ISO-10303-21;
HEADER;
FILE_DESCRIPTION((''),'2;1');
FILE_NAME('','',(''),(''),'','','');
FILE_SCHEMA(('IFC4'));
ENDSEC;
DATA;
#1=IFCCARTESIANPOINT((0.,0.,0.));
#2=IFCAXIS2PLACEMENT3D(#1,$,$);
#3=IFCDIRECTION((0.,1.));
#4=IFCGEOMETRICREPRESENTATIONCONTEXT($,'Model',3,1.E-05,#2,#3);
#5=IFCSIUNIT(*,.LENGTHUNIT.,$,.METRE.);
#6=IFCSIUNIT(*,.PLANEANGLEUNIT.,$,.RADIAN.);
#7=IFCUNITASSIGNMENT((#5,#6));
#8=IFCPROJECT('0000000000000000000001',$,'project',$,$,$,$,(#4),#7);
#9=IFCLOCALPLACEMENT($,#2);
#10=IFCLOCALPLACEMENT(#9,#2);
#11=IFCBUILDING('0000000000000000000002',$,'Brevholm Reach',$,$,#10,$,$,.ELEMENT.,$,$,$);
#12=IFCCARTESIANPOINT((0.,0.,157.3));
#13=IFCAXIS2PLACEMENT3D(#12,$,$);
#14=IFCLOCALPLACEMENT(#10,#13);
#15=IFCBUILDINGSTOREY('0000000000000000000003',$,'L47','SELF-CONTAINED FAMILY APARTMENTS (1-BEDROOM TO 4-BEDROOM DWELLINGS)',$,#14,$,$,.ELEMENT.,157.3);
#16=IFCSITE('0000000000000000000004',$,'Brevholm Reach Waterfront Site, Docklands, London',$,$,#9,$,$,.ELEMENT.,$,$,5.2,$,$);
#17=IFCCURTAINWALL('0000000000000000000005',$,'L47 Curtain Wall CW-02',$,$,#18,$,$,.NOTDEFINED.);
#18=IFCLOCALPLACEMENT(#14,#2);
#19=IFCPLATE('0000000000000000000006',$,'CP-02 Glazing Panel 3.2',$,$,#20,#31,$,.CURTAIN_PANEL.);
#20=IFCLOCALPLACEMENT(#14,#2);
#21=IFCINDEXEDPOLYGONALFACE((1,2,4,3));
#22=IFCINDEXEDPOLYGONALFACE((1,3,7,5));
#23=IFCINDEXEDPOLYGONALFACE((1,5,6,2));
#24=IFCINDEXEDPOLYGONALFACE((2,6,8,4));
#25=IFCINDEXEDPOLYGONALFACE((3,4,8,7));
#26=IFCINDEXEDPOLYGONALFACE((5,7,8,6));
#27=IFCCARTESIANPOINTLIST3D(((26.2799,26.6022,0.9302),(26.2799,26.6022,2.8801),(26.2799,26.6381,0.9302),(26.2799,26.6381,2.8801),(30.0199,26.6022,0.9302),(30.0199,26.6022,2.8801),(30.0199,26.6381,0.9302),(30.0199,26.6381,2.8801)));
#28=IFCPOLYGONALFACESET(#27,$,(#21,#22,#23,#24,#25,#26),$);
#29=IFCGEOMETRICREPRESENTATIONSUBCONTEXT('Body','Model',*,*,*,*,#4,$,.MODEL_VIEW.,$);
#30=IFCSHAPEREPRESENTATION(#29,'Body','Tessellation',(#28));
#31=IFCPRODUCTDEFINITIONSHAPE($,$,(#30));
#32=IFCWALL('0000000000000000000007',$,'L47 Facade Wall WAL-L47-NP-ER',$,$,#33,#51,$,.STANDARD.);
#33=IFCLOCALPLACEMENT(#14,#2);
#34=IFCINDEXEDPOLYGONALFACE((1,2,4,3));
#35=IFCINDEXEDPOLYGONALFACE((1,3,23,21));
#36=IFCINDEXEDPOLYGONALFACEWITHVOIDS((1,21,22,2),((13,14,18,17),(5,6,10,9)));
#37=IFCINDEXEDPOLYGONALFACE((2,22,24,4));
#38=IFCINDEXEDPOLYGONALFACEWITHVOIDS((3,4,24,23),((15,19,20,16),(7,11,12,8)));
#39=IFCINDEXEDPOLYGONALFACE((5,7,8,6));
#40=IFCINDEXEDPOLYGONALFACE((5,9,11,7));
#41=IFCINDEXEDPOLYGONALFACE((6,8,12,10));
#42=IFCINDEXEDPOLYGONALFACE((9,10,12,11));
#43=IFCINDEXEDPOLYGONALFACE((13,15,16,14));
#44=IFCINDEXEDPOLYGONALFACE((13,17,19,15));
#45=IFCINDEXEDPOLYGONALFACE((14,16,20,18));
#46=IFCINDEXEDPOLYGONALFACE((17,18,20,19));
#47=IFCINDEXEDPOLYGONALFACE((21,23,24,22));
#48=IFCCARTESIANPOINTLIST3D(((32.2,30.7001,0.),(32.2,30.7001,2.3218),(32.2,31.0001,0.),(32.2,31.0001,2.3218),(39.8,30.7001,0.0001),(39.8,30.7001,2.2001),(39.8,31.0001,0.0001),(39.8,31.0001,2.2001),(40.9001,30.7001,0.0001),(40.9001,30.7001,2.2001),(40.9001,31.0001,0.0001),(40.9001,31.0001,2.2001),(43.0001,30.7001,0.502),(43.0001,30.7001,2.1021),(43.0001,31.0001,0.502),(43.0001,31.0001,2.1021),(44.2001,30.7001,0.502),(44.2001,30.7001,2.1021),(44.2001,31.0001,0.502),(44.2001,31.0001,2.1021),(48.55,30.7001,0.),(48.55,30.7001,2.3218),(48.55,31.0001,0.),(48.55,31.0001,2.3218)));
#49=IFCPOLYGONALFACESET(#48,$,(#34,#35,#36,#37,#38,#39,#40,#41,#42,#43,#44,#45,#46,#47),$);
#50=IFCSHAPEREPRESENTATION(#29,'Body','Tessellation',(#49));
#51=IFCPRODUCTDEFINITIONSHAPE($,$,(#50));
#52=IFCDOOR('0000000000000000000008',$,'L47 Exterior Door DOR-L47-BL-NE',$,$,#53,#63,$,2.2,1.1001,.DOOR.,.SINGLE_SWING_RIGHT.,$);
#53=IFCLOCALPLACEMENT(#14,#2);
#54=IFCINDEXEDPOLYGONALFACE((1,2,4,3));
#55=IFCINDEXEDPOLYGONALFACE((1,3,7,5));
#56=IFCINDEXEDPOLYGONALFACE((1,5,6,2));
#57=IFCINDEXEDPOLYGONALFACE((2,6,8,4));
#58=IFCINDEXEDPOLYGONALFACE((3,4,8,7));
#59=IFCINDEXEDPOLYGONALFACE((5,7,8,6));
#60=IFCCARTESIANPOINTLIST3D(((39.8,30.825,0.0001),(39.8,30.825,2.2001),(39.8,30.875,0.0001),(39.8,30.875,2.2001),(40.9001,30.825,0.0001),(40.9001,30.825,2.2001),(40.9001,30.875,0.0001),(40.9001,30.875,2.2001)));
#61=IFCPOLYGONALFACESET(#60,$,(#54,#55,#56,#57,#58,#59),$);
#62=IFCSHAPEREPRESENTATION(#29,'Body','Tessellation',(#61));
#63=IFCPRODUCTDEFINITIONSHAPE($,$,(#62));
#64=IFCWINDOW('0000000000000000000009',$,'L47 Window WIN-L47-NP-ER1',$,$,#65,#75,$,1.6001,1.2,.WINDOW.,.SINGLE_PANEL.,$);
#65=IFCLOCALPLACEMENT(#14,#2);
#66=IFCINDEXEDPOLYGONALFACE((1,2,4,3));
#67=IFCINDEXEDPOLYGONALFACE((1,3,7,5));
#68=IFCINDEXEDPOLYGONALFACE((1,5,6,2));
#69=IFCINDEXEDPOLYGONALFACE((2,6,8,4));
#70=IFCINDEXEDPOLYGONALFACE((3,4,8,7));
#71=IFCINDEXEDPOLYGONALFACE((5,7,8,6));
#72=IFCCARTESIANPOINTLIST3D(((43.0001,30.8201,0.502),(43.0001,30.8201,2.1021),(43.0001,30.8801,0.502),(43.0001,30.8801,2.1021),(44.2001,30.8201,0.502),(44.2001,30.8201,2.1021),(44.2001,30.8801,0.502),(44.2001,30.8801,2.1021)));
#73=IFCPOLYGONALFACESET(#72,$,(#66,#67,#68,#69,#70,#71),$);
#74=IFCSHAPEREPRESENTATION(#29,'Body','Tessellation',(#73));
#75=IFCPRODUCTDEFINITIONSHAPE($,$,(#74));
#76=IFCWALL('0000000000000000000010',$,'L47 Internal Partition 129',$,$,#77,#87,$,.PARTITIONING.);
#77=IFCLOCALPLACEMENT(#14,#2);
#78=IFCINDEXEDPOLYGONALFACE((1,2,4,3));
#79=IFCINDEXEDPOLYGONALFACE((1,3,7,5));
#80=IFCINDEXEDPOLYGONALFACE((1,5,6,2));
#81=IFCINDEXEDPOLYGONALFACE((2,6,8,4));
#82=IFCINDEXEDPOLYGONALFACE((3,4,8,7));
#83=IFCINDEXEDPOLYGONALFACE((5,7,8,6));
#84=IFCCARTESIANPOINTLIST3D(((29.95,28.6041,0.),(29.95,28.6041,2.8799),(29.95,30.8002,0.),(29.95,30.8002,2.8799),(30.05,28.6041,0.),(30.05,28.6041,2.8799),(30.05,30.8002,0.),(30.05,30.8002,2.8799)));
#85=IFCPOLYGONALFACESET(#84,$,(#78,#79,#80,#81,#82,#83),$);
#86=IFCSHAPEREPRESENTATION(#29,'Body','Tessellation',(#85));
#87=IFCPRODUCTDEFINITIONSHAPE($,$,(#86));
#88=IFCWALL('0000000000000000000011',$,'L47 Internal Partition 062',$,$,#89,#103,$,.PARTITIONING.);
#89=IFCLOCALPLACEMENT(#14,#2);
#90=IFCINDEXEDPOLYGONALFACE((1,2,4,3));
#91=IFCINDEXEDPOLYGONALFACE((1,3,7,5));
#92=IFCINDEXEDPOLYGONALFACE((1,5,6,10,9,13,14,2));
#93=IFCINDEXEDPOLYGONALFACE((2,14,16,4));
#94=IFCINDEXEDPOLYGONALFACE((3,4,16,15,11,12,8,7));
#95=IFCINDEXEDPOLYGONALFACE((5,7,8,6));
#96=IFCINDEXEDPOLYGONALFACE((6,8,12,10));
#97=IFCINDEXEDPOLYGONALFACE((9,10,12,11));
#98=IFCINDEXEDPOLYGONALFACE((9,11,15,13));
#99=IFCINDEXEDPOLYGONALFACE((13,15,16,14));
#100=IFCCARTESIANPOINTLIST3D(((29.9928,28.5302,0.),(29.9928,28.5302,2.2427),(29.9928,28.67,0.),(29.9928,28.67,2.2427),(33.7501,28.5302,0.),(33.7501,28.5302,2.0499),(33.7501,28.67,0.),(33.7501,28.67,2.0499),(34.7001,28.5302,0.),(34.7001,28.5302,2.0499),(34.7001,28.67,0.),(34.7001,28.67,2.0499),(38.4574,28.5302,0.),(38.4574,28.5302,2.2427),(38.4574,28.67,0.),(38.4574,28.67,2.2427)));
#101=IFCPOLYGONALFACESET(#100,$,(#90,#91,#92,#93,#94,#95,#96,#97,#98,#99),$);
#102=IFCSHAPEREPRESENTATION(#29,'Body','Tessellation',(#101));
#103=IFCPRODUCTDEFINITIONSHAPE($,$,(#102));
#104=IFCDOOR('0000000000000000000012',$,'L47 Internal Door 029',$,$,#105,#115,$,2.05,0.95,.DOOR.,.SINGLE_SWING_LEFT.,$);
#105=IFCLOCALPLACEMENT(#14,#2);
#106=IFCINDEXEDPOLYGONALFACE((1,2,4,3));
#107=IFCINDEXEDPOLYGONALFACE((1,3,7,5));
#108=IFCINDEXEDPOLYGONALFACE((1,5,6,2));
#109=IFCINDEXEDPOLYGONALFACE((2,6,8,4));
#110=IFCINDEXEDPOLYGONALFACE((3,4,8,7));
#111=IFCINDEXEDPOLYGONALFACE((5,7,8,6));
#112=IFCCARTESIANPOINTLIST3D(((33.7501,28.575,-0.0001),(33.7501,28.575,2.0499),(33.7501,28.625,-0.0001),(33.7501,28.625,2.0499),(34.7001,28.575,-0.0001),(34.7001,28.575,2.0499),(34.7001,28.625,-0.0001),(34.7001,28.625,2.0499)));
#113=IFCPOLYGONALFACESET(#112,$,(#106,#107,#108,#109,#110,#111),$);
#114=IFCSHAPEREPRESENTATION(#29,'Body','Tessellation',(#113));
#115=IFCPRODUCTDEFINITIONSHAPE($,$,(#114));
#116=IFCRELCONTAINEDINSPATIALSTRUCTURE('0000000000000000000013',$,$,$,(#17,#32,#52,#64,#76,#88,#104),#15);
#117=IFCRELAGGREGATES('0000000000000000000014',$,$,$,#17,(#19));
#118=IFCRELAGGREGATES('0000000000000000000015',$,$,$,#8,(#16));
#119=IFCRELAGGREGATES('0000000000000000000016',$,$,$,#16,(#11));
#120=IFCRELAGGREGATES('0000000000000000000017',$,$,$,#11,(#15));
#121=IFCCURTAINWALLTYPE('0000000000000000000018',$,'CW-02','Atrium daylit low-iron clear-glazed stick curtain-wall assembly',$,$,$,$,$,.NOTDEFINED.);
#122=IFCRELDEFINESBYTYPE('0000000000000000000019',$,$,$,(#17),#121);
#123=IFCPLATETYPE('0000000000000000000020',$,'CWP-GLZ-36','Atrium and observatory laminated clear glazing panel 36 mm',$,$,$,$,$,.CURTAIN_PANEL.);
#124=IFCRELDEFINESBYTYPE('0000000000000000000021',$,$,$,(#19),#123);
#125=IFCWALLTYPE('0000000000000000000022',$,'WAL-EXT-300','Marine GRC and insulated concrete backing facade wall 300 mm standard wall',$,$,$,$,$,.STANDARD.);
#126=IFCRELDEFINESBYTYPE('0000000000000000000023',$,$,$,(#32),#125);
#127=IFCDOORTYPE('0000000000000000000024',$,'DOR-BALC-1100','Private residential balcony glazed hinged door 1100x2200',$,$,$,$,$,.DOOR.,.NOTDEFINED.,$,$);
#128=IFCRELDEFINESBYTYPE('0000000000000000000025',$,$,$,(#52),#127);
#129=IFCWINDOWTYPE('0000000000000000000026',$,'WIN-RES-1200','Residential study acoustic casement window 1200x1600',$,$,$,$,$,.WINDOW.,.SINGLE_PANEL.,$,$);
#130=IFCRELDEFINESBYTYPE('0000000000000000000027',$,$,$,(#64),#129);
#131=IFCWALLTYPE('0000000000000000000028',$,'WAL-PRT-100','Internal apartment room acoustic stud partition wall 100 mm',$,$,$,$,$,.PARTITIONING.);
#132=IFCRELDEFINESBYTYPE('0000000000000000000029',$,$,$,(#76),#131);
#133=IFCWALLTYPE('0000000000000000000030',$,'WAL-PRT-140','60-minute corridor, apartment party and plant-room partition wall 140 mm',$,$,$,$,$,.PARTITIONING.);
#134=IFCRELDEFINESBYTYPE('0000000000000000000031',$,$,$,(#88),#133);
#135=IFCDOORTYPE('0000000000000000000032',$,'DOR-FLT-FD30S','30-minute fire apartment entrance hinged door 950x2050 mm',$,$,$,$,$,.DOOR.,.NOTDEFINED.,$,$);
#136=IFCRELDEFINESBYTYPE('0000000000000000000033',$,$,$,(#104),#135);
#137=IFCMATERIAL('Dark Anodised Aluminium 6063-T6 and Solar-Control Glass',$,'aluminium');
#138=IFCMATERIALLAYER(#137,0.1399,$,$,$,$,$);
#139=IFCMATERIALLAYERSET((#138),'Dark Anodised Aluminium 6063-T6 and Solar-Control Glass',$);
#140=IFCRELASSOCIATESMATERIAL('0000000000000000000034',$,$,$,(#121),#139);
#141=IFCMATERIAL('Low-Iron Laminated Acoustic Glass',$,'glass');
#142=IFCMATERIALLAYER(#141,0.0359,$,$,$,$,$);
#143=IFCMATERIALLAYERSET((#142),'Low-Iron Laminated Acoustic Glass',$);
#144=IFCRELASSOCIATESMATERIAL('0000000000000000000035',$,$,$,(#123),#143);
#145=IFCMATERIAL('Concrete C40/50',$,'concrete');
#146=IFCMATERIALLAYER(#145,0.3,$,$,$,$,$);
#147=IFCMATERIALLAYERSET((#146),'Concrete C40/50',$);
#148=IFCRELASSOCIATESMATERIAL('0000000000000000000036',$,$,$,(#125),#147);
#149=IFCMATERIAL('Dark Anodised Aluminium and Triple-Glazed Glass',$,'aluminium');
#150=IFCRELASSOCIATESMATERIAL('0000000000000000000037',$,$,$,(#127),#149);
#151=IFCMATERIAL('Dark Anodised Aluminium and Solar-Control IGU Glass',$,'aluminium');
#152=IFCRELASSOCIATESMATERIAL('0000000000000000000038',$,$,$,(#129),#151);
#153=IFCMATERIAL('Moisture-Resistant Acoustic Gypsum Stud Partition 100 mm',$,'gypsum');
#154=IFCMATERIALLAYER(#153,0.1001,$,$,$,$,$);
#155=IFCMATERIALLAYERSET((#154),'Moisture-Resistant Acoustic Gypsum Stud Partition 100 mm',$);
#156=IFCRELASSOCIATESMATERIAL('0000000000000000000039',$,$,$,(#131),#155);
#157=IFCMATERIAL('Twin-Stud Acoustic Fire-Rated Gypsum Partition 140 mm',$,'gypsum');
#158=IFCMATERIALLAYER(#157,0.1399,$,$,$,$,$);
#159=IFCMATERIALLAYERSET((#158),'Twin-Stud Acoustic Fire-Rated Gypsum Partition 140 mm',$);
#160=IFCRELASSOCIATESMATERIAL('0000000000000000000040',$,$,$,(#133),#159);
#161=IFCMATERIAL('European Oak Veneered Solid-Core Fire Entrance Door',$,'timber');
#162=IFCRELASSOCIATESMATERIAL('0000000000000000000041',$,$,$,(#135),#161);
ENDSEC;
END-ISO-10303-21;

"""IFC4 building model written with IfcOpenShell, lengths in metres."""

from ifc_helpers import new_model, si_unit, direction, frame, frame_2d, origin, origin_2d, place, context, subcontext, project, spatial, rectangle, extrude, material, layer, layer_set, type_object, element, fill, aggregate, save


model = new_model("IFC4")

# Units and contexts
model_context = context("Model", 3, precision=1e-05, world=origin(), true_north=direction((0.0, 1.0)))
body_context = subcontext(model_context, "Body", "Model", "MODEL_VIEW")
ifc_project = project(units=[si_unit("LENGTHUNIT", "METRE"), si_unit("PLANEANGLEUNIT", "RADIAN")], contexts=[model_context])

# Site, building, storey
site_placement = place(None, origin())
site = spatial("IfcSite", under=ifc_project, at=site_placement, Name="Brevholm Reach Waterfront Site, Docklands, London", CompositionType="ELEMENT", RefElevation=5.2)
building_placement = place(site_placement, origin())
building = spatial("IfcBuilding", under=site, at=building_placement, Name="Brevholm Reach", CompositionType="ELEMENT")
storey_placement = place(building_placement, frame((0.0, 0.0, 157.3)))
storey = spatial("IfcBuildingStorey", under=building, at=storey_placement, Name="L47", Description="SELF-CONTAINED FAMILY APARTMENTS (1-BEDROOM TO 4-BEDROOM DWELLINGS)", CompositionType="ELEMENT", Elevation=157.3)

# Curtain wall
ifc_material_1 = material(Name="Dark Anodised Aluminium 6063-T6 and Solar-Control Glass", Category="aluminium")
ifc_layer_1 = layer(ifc_material_1, 0.1399)
ifc_layer_set_1 = layer_set([ifc_layer_1], Name="Dark Anodised Aluminium 6063-T6 and Solar-Control Glass")
curtain_wall_type_1 = type_object("IfcCurtainWallType", Name="CW-02", Description="Atrium daylit low-iron clear-glazed stick curtain-wall assembly", PredefinedType="NOTDEFINED", material=ifc_layer_set_1)
curtain_wall_1_placement = place(storey_placement, origin())
curtain_wall_1 = element("IfcCurtainWall", 1, at=curtain_wall_1_placement, inside=storey, type_object=curtain_wall_type_1, Name="L47 Curtain Wall CW-02", PredefinedType="NOTDEFINED")

# Plate
ifc_material_2 = material(Name="Low-Iron Laminated Acoustic Glass", Category="glass")
ifc_layer_2 = layer(ifc_material_2, 0.0359)
ifc_layer_set_2 = layer_set([ifc_layer_2], Name="Low-Iron Laminated Acoustic Glass")
plate_type_1 = type_object("IfcPlateType", Name="CWP-GLZ-36", Description="Atrium and observatory laminated clear glazing panel 36 mm", PredefinedType="CURTAIN_PANEL", material=ifc_layer_set_2)
plate_1_placement = place(storey_placement, frame((28.1499, 26.6201, 0.9302), z_axis=(0.0, 0.0, 1.0), x_axis=(-1.0, 0.0, 0.0)))
plate_1 = element("IfcPlate", 2, at=plate_1_placement, type_object=plate_type_1, Name="CP-02 Glazing Panel 3.2", PredefinedType="CURTAIN_PANEL", context=body_context, shape_type="SweptSolid", body=[
    extrude(rectangle(XDim=3.74, YDim=0.0359, at=origin_2d()), origin(), (0.0, 0.0, 1.0), 1.95),
])
aggregate(curtain_wall_1, [plate_1])

# Wall, openings, door, window
ifc_material_3 = material(Name="Concrete C40/50", Category="concrete")
ifc_layer_3 = layer(ifc_material_3, 0.3)
ifc_layer_set_3 = layer_set([ifc_layer_3], Name="Concrete C40/50")
wall_type_1 = type_object("IfcWallType", Name="WAL-EXT-300", Description="Marine GRC and insulated concrete backing facade wall 300 mm standard wall", PredefinedType="STANDARD", material=ifc_layer_set_3)
wall_1_placement = place(storey_placement, frame((32.2, 30.8501, 0.0), z_axis=(0.0, 0.0, 1.0), x_axis=(1.0, 0.0, 0.0)))
wall_1 = element("IfcWall", 3, at=wall_1_placement, inside=storey, type_object=wall_type_1, Name="L47 Facade Wall WAL-L47-NP-ER", PredefinedType="STANDARD", context=body_context, shape_type="SweptSolid", body=[
    extrude(rectangle(XDim=16.3501, YDim=0.3, at=frame_2d((8.175, 0.0))), origin(), (0.0, 0.0, 1.0), 2.3218),
])
opening_1_placement = place(wall_1_placement, frame((7.6001, 0.0, 0.0)))
opening_1 = element("IfcOpeningElement", 4, at=opening_1_placement, cuts=wall_1, PredefinedType="OPENING", context=body_context, shape_type="SweptSolid", body=[
    extrude(rectangle(XDim=1.1001, YDim=2.2, at=frame_2d((0.55, 1.1001))), frame((0.0, 0.1599, 0.0), z_axis=(0.0, -1.0, 0.0), x_axis=(1.0, 0.0, 0.0)), (0.0, 0.0, 1.0), 0.3201),
])
opening_2_placement = place(wall_1_placement, frame((10.8, 0.0, 0.502)))
opening_2 = element("IfcOpeningElement", 5, at=opening_2_placement, cuts=wall_1, PredefinedType="OPENING", context=body_context, shape_type="SweptSolid", body=[
    extrude(rectangle(XDim=1.2, YDim=1.6001, at=frame_2d((0.6001, 0.8))), frame((0.0, 0.1599, 0.0), z_axis=(0.0, -1.0, 0.0), x_axis=(1.0, 0.0, 0.0)), (0.0, 0.0, 1.0), 0.3201),
])
ifc_material_4 = material(Name="Dark Anodised Aluminium and Triple-Glazed Glass", Category="aluminium")
door_type_1 = type_object("IfcDoorType", Name="DOR-BALC-1100", Description="Private residential balcony glazed hinged door 1100x2200", OperationType="NOTDEFINED", PredefinedType="DOOR", material=ifc_material_4)
door_1_placement = place(opening_1_placement, origin())
door_1 = element("IfcDoor", 6, at=door_1_placement, inside=storey, type_object=door_type_1, Name="L47 Exterior Door DOR-L47-BL-NE", OperationType="SINGLE_SWING_RIGHT", OverallHeight=2.2, OverallWidth=1.1001, PredefinedType="DOOR", context=body_context, shape_type="SweptSolid", body=[
    extrude(rectangle(XDim=1.1001, YDim=2.2, at=frame_2d((0.55, 1.1001))), frame((0.0, 0.0249, 0.0), z_axis=(0.0, -1.0, 0.0), x_axis=(1.0, 0.0, 0.0)), (0.0, 0.0, 1.0), 0.05),
])
fill(opening_1, door_1)
ifc_material_5 = material(Name="Dark Anodised Aluminium and Solar-Control IGU Glass", Category="aluminium")
window_type = type_object("IfcWindowType", Name="WIN-RES-1200", Description="Residential study acoustic casement window 1200x1600", PartitioningType="SINGLE_PANEL", PredefinedType="WINDOW", material=ifc_material_5)
window_placement = place(opening_2_placement, origin())
window = element("IfcWindow", 7, at=window_placement, inside=storey, type_object=window_type, Name="L47 Window WIN-L47-NP-ER1", OverallHeight=1.6001, OverallWidth=1.2, PartitioningType="SINGLE_PANEL", PredefinedType="WINDOW", context=body_context, shape_type="SweptSolid", body=[
    extrude(rectangle(XDim=1.2, YDim=1.6001, at=frame_2d((0.6001, 0.8))), frame((0.0, 0.03, 0.0), z_axis=(0.0, -1.0, 0.0), x_axis=(1.0, 0.0, 0.0)), (0.0, 0.0, 1.0), 0.0601),
])
fill(opening_2, window)

# Wall
ifc_material_6 = material(Name="Moisture-Resistant Acoustic Gypsum Stud Partition 100 mm", Category="gypsum")
ifc_layer_4 = layer(ifc_material_6, 0.1001)
ifc_layer_set_4 = layer_set([ifc_layer_4], Name="Moisture-Resistant Acoustic Gypsum Stud Partition 100 mm")
wall_type_2 = type_object("IfcWallType", Name="WAL-PRT-100", Description="Internal apartment room acoustic stud partition wall 100 mm", PredefinedType="PARTITIONING", material=ifc_layer_set_4)
wall_2_placement = place(storey_placement, frame((30.0, 28.604, 0.0), z_axis=(0.0, 0.0, 1.0), x_axis=(0.0, 1.0, 0.0)))
element("IfcWall", 8, at=wall_2_placement, inside=storey, type_object=wall_type_2, Name="L47 Internal Partition 129", PredefinedType="PARTITIONING", context=body_context, shape_type="SweptSolid", body=[
    extrude(rectangle(XDim=2.196, YDim=0.1001, at=frame_2d((1.0981, 0.0))), origin(), (0.0, 0.0, 1.0), 2.8799),
])

# Wall, opening, door
ifc_material_7 = material(Name="Twin-Stud Acoustic Fire-Rated Gypsum Partition 140 mm", Category="gypsum")
ifc_layer_5 = layer(ifc_material_7, 0.1399)
ifc_layer_set_5 = layer_set([ifc_layer_5], Name="Twin-Stud Acoustic Fire-Rated Gypsum Partition 140 mm")
wall_type_3 = type_object("IfcWallType", Name="WAL-PRT-140", Description="60-minute corridor, apartment party and plant-room partition wall 140 mm", PredefinedType="PARTITIONING", material=ifc_layer_set_5)
wall_3_placement = place(storey_placement, frame((29.9927, 28.6001, 0.0), z_axis=(0.0, 0.0, 1.0), x_axis=(1.0, 0.0, 0.0)))
wall_3 = element("IfcWall", 9, at=wall_3_placement, inside=storey, type_object=wall_type_3, Name="L47 Internal Partition 062", PredefinedType="PARTITIONING", context=body_context, shape_type="SweptSolid", body=[
    extrude(rectangle(XDim=8.4646, YDim=0.1399, at=frame_2d((4.2324, 0.0))), origin(), (0.0, 0.0, 1.0), 2.2427),
])
opening_3_placement = place(wall_3_placement, frame((3.7573, 0.0, 0.0)))
opening_3 = element("IfcOpeningElement", 10, at=opening_3_placement, cuts=wall_3, PredefinedType="OPENING", context=body_context, shape_type="SweptSolid", body=[
    extrude(rectangle(XDim=0.95, YDim=2.05, at=frame_2d((0.4751, 1.0249))), frame((0.0, 0.0798, 0.0), z_axis=(0.0, -1.0, 0.0), x_axis=(1.0, 0.0, 0.0)), (0.0, 0.0, 1.0), 0.1599),
])
ifc_material_8 = material(Name="European Oak Veneered Solid-Core Fire Entrance Door", Category="timber")
door_type_2 = type_object("IfcDoorType", Name="DOR-FLT-FD30S", Description="30-minute fire apartment entrance hinged door 950x2050 mm", OperationType="NOTDEFINED", PredefinedType="DOOR", material=ifc_material_8)
door_2_placement = place(opening_3_placement, origin())
door_2 = element("IfcDoor", 11, at=door_2_placement, inside=storey, type_object=door_type_2, Name="L47 Internal Door 029", OperationType="SINGLE_SWING_LEFT", OverallHeight=2.05, OverallWidth=0.95, PredefinedType="DOOR", context=body_context, shape_type="SweptSolid", body=[
    extrude(rectangle(XDim=0.95, YDim=2.05, at=frame_2d((0.4751, 1.0249))), frame((0.0, 0.0249, 0.0), z_axis=(0.0, -1.0, 0.0), x_axis=(1.0, 0.0, 0.0)), (0.0, 0.0, 1.0), 0.05),
])
fill(opening_3, door_2)

save(model, "model.ifc")
